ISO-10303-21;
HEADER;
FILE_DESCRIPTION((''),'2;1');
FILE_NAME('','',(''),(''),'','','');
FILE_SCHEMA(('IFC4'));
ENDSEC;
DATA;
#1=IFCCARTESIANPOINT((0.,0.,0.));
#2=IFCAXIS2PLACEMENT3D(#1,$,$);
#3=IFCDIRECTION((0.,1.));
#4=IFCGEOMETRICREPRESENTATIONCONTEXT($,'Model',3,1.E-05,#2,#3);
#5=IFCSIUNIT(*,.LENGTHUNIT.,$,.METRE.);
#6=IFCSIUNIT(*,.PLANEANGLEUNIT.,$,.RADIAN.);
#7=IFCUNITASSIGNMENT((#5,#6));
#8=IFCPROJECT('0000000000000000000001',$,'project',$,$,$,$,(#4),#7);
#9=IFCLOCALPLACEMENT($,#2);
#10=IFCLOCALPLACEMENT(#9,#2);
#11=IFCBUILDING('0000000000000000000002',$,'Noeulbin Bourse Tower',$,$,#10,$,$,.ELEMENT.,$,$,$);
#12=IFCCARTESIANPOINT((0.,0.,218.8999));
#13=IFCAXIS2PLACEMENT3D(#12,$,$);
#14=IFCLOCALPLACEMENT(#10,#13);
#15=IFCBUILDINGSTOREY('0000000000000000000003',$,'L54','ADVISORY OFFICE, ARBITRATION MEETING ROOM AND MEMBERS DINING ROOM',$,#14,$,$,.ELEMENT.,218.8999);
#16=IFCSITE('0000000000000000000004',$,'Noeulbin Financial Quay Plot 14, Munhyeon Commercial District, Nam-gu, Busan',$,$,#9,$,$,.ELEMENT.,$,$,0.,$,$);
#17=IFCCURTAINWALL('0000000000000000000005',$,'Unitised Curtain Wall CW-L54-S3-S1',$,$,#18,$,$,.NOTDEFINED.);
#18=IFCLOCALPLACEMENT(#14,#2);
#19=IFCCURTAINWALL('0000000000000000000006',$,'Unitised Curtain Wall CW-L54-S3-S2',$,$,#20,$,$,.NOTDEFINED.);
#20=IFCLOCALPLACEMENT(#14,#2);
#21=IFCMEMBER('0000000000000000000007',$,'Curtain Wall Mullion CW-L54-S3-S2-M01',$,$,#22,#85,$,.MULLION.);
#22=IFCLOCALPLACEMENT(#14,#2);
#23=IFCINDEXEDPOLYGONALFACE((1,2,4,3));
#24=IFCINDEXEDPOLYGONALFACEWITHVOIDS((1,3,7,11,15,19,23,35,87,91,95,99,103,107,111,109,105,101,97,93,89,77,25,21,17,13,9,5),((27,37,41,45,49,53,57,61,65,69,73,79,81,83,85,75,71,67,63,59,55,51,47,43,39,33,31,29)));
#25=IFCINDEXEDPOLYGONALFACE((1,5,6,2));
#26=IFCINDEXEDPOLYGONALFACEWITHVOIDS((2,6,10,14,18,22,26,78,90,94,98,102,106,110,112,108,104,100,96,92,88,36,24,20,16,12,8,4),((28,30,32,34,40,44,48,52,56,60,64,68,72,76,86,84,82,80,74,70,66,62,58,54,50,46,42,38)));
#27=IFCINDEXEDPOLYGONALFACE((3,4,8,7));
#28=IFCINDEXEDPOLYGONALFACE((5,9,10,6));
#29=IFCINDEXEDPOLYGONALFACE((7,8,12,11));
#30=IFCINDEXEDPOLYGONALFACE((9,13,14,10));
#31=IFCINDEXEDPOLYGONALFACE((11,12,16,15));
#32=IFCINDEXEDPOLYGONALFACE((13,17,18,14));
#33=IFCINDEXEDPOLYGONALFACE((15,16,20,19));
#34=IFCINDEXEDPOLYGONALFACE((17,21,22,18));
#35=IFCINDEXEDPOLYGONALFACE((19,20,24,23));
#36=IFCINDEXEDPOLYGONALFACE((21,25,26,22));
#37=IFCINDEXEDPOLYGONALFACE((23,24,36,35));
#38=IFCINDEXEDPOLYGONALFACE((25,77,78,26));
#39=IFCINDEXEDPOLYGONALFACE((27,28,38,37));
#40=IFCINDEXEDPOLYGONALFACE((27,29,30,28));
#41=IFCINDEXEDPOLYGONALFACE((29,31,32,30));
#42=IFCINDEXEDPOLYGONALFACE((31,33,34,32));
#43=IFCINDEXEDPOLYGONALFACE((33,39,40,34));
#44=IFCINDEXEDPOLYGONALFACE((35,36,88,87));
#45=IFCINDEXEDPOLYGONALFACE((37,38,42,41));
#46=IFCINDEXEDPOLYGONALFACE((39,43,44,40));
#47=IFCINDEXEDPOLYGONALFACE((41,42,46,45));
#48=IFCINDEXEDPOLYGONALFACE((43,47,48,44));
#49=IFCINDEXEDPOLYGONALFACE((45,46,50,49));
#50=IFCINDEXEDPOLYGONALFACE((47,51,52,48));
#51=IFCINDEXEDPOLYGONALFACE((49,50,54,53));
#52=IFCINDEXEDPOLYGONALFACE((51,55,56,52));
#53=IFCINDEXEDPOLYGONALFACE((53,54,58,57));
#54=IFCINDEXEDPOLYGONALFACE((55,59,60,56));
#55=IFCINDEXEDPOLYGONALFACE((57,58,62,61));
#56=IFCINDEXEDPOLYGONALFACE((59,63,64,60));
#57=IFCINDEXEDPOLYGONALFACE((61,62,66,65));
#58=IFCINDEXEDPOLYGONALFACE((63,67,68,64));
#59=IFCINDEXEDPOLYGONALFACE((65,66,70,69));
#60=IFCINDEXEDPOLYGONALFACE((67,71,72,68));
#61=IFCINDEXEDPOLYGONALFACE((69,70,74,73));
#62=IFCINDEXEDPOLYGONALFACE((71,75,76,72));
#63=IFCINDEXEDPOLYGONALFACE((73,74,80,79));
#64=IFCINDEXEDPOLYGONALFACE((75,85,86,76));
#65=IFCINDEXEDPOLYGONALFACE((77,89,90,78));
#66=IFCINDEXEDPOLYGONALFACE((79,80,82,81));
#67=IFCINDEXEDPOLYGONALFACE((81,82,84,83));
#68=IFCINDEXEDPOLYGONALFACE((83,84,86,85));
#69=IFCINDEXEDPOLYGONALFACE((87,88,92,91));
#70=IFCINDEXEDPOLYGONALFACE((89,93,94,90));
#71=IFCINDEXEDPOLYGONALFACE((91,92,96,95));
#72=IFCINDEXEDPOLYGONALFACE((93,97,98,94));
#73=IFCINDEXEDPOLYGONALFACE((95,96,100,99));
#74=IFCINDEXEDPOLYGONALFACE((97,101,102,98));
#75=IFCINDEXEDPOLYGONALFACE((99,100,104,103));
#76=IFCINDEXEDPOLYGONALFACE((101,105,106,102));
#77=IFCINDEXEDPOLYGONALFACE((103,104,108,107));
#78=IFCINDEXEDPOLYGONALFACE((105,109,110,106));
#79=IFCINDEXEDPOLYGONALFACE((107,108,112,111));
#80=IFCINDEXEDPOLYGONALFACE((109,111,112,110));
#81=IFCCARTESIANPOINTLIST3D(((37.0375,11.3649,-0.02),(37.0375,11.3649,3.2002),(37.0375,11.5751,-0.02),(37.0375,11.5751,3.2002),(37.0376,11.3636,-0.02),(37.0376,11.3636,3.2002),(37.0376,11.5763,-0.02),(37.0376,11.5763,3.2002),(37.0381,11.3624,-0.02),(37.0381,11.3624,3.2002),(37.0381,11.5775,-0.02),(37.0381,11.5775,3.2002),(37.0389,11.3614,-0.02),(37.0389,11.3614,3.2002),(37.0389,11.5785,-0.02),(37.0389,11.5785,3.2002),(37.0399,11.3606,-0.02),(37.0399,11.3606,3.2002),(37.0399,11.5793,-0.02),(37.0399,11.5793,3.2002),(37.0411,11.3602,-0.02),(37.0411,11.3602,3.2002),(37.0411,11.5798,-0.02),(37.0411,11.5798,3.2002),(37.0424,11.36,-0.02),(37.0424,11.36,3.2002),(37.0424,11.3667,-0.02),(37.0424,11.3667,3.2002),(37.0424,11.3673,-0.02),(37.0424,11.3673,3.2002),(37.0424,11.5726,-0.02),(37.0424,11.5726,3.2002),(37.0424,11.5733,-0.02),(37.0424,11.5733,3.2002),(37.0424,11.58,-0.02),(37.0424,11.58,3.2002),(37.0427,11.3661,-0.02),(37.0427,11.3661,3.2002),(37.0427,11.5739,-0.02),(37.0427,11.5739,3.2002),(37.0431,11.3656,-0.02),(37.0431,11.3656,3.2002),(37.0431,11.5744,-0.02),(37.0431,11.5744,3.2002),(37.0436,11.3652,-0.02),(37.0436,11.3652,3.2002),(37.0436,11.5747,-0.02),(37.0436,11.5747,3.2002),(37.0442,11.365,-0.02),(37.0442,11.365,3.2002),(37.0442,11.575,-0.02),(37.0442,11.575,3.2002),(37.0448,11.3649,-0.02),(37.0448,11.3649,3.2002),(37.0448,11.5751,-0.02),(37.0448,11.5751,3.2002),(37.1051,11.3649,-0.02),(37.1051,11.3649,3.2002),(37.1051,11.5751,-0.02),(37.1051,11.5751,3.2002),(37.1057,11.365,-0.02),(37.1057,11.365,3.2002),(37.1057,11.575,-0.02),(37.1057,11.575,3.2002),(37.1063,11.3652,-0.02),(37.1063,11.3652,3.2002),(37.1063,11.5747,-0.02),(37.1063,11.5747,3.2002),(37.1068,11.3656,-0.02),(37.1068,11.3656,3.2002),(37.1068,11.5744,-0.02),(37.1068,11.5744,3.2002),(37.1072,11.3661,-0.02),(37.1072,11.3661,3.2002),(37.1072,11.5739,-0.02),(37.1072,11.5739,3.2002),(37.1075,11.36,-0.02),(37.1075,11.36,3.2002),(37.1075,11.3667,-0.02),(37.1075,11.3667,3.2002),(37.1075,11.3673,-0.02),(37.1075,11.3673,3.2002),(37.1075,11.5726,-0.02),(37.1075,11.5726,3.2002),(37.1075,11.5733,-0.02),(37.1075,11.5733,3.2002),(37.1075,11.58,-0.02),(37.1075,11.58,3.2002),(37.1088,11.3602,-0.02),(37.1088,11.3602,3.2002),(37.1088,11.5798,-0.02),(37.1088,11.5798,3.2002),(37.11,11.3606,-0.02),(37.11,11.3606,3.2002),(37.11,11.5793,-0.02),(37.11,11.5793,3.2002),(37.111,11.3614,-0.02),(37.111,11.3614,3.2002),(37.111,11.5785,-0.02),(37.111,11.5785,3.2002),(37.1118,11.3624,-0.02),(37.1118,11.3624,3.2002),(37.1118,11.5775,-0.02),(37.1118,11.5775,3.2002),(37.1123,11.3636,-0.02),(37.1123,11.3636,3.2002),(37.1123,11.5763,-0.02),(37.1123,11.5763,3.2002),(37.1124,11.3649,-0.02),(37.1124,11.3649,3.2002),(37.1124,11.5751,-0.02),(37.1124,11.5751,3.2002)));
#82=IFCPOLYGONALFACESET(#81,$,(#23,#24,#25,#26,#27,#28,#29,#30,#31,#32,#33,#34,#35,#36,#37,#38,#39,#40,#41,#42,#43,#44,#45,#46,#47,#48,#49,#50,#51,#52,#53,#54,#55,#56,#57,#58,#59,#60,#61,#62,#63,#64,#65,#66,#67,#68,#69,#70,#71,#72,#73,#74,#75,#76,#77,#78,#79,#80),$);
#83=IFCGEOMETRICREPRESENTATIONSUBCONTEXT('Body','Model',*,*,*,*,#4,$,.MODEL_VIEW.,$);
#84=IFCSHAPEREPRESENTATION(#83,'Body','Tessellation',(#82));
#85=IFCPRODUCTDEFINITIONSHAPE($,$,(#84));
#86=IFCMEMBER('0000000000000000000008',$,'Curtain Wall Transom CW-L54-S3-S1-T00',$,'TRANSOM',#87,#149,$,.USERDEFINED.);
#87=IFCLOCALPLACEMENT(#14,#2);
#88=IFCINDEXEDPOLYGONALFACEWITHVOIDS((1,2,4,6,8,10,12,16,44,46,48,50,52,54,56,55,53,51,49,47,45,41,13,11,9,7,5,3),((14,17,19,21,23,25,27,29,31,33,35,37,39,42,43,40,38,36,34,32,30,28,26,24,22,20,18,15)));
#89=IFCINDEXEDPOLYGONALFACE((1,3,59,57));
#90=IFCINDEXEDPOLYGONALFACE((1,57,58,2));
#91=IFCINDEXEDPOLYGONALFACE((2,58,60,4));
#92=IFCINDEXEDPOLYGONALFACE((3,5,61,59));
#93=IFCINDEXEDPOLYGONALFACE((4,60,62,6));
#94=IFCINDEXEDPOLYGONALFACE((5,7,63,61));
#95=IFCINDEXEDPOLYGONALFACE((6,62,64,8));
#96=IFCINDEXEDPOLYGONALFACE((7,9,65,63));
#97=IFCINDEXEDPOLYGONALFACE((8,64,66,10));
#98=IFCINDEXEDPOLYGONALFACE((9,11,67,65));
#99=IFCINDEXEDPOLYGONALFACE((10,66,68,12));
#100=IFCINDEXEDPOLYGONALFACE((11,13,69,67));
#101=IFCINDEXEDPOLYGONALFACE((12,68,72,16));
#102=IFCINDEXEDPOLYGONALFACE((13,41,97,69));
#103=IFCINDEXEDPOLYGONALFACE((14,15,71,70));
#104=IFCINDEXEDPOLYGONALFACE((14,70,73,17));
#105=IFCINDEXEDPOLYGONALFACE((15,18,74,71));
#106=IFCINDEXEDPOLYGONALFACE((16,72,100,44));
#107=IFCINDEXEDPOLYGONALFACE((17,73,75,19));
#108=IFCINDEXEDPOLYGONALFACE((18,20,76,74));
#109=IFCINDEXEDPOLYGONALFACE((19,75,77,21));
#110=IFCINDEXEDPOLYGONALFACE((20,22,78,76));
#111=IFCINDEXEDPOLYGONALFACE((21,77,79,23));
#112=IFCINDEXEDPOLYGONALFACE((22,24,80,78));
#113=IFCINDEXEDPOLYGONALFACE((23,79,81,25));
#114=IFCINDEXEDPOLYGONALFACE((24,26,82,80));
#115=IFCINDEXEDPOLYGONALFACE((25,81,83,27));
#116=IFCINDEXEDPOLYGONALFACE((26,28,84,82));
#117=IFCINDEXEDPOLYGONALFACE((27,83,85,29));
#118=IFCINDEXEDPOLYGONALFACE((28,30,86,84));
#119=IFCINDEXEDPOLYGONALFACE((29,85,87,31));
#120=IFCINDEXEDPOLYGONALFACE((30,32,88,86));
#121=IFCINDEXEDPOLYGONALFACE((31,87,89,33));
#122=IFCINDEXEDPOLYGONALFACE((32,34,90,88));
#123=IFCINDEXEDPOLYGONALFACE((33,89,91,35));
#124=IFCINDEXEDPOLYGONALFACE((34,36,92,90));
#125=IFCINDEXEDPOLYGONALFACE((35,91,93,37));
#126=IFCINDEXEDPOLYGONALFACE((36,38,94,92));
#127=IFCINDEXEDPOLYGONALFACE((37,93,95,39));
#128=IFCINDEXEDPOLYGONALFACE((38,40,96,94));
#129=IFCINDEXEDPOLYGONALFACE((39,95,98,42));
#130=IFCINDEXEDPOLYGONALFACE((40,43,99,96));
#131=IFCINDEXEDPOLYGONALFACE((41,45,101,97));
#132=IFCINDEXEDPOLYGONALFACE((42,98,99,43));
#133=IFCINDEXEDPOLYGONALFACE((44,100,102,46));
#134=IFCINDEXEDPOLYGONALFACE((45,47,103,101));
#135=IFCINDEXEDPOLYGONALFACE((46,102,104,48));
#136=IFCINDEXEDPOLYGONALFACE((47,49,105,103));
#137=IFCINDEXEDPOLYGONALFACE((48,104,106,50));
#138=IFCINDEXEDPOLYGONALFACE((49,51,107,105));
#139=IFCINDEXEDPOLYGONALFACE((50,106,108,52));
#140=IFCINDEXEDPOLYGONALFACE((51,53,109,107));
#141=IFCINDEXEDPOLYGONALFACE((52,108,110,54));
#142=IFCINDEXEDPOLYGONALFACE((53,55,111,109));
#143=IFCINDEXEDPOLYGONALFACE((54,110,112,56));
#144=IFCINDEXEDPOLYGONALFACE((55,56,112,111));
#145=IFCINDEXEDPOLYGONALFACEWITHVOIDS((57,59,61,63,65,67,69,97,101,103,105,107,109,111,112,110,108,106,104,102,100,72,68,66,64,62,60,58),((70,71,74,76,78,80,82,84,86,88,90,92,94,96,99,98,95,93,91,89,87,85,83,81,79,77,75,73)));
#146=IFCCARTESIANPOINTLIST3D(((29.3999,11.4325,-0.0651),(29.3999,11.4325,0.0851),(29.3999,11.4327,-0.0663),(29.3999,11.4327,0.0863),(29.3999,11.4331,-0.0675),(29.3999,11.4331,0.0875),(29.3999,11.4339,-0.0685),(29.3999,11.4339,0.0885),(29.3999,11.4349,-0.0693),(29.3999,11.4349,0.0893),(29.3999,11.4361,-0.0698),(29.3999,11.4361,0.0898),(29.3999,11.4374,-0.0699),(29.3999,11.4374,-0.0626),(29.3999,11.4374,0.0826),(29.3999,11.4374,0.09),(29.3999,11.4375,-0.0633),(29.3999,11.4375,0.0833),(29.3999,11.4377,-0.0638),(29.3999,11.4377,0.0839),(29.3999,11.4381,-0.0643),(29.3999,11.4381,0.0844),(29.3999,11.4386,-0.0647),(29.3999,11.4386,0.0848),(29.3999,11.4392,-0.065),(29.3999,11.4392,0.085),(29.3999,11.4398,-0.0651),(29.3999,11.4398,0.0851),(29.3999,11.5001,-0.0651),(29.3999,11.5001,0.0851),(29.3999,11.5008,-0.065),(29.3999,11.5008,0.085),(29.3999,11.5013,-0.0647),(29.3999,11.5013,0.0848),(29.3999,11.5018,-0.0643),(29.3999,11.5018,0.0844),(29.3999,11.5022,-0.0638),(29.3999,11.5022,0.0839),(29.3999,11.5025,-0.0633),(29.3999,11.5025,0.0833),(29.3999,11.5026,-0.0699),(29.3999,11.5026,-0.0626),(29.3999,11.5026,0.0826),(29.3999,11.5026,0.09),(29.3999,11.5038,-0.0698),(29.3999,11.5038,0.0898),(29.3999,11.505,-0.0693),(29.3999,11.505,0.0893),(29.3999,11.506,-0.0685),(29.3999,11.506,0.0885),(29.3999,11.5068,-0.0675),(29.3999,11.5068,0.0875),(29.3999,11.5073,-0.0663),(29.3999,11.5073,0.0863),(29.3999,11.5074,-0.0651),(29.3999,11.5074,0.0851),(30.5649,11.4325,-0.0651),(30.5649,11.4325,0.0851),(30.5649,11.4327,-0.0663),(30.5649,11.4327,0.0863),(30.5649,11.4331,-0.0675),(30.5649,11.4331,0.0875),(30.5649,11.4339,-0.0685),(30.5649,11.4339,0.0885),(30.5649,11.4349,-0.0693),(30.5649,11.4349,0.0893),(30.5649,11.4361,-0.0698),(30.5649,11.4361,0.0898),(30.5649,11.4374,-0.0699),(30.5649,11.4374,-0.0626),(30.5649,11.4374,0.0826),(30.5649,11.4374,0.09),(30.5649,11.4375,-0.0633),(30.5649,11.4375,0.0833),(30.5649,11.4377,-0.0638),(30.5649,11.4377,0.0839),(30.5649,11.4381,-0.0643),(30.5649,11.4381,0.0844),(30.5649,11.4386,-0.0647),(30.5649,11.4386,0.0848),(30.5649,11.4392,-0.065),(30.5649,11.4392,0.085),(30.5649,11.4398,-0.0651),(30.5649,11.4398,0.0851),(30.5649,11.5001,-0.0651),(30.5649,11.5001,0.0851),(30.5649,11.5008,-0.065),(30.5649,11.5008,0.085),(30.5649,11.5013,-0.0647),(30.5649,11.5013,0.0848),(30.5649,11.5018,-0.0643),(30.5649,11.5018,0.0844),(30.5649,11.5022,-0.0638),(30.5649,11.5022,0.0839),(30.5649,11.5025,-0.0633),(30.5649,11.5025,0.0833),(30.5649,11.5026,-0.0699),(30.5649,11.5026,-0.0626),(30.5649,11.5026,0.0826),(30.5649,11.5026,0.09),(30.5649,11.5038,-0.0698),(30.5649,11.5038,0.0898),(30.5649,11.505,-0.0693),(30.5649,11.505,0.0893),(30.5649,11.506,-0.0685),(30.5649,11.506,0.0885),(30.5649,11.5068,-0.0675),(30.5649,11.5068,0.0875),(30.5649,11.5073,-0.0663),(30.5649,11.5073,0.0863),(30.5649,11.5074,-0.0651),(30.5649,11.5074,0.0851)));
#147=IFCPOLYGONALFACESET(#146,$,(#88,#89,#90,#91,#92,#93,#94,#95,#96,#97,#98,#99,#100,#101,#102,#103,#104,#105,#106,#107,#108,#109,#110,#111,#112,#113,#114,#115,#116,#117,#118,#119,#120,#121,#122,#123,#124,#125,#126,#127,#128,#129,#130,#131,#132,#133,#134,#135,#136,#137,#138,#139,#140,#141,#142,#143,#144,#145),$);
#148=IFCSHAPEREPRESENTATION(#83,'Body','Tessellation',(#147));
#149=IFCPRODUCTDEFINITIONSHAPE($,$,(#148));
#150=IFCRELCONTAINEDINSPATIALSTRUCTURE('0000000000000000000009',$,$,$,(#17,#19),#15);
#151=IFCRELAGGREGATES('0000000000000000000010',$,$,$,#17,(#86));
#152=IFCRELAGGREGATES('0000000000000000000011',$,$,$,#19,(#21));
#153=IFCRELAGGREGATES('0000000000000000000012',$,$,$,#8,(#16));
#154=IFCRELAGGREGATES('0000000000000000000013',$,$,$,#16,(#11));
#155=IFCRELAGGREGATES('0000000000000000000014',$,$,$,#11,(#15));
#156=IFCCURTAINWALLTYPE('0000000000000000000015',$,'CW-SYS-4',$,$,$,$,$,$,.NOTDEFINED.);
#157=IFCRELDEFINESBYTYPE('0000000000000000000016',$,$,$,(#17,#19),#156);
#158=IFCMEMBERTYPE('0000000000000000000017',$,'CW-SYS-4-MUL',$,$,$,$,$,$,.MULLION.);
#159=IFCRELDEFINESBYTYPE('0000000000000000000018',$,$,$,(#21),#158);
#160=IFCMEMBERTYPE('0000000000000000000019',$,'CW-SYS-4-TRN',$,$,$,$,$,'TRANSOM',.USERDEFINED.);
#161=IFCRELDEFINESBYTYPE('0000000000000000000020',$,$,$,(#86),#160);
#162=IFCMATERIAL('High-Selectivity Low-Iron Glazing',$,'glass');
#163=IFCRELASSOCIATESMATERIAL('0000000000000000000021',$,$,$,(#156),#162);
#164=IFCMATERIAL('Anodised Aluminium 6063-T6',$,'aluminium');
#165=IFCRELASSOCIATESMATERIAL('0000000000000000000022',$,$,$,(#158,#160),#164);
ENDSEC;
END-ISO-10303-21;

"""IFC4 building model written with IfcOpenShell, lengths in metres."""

from ifc_helpers import new_model, si_unit, direction, frame, origin, origin_2d, place, context, subcontext, project, spatial, hollow_rectangle, extrude, material, material_profile, profile_set, type_object, element, aggregate, save


model = new_model("IFC4")

# Units and contexts
model_context = context("Model", 3, precision=1e-05, world=origin(), true_north=direction((0.0, 1.0)))
body_context = subcontext(model_context, "Body", "Model", "MODEL_VIEW")
ifc_project = project(units=[si_unit("LENGTHUNIT", "METRE"), si_unit("PLANEANGLEUNIT", "RADIAN")], contexts=[model_context])

# Site, building, storey
site_placement = place(None, origin())
site = spatial("IfcSite", under=ifc_project, at=site_placement, Name="Noeulbin Financial Quay Plot 14, Munhyeon Commercial District, Nam-gu, Busan", CompositionType="ELEMENT", RefElevation=0.0)
building_placement = place(site_placement, origin())
building = spatial("IfcBuilding", under=site, at=building_placement, Name="Noeulbin Bourse Tower", CompositionType="ELEMENT")
storey_placement = place(building_placement, frame((0.0, 0.0, 218.8999)))
storey = spatial("IfcBuildingStorey", under=building, at=storey_placement, Name="L54", Description="ADVISORY OFFICE, ARBITRATION MEETING ROOM AND MEMBERS DINING ROOM", CompositionType="ELEMENT", Elevation=218.8999)

# Curtain walls, member
ifc_material_1 = material(Name="High-Selectivity Low-Iron Glazing", Category="glass")
curtain_wall_type = type_object("IfcCurtainWallType", Name="CW-SYS-4", PredefinedType="NOTDEFINED", material=ifc_material_1)
curtain_wall_1_placement = place(storey_placement, origin())
curtain_wall_1 = element("IfcCurtainWall", 1, at=curtain_wall_1_placement, inside=storey, type_object=curtain_wall_type, Name="Unitised Curtain Wall CW-L54-S3-S1", PredefinedType="NOTDEFINED")
ifc_material_2 = material(Name="Anodised Aluminium 6063-T6", Category="aluminium")
ifc_material_profile_1 = material_profile(ifc_material_2, hollow_rectangle(XDim=0.075, YDim=0.22, WallThickness=0.0049, InnerFilletRadius=0.0024, OuterFilletRadius=0.0049, at=origin_2d()), Name="ALU-MULL-75x220x5", Category="LoadBearing")
ifc_profile_set_1 = profile_set([ifc_material_profile_1], Name="Anodised Aluminium 6063-T6")
member_type_1 = type_object("IfcMemberType", Name="CW-SYS-4-MUL", PredefinedType="MULLION", material=ifc_profile_set_1)
curtain_wall_2_placement = place(storey_placement, origin())
curtain_wall_2 = element("IfcCurtainWall", 2, at=curtain_wall_2_placement, inside=storey, type_object=curtain_wall_type, Name="Unitised Curtain Wall CW-L54-S3-S2", PredefinedType="NOTDEFINED")
member_1_placement = place(storey_placement, frame((37.075, 11.47, -0.02), z_axis=(0.0, 0.0, 1.0), x_axis=(1.0, 0.0, 0.0)))
member_1 = element("IfcMember", 3, at=member_1_placement, type_object=member_type_1, Name="Curtain Wall Mullion CW-L54-S3-S2-M01", PredefinedType="MULLION", context=body_context, shape_type="SweptSolid", body=[
    extrude(hollow_rectangle(XDim=0.075, YDim=0.22, WallThickness=0.0049, InnerFilletRadius=0.0024, OuterFilletRadius=0.0049, at=origin_2d()), origin(), (0.0, 0.0, 1.0), 3.2202),
])

# Member
ifc_material_profile_2 = material_profile(ifc_material_2, hollow_rectangle(XDim=0.075, YDim=0.1599, WallThickness=0.0049, InnerFilletRadius=0.0024, OuterFilletRadius=0.0049, at=origin_2d()), Name="ALU-TRAN-75x160x5", Category="LoadBearing")
ifc_profile_set_2 = profile_set([ifc_material_profile_2], Name="Anodised Aluminium 6063-T6")
member_type_2 = type_object("IfcMemberType", Name="CW-SYS-4-TRN", ElementType="TRANSOM", PredefinedType="USERDEFINED", material=ifc_profile_set_2)
member_2_placement = place(storey_placement, frame((29.3999, 11.47, 0.01), z_axis=(1.0, 0.0, 0.0), x_axis=(0.0, 1.0, 0.0)))
member_2 = element("IfcMember", 4, at=member_2_placement, type_object=member_type_2, Name="Curtain Wall Transom CW-L54-S3-S1-T00", ObjectType="TRANSOM", PredefinedType="USERDEFINED", context=body_context, shape_type="SweptSolid", body=[
    extrude(hollow_rectangle(XDim=0.075, YDim=0.1599, WallThickness=0.0049, InnerFilletRadius=0.0024, OuterFilletRadius=0.0049, at=origin_2d()), origin(), (0.0, 0.0, 1.0), 1.165),
])

aggregate(curtain_wall_1, [member_2])
aggregate(curtain_wall_2, [member_1])

save(model, "model.ifc")
